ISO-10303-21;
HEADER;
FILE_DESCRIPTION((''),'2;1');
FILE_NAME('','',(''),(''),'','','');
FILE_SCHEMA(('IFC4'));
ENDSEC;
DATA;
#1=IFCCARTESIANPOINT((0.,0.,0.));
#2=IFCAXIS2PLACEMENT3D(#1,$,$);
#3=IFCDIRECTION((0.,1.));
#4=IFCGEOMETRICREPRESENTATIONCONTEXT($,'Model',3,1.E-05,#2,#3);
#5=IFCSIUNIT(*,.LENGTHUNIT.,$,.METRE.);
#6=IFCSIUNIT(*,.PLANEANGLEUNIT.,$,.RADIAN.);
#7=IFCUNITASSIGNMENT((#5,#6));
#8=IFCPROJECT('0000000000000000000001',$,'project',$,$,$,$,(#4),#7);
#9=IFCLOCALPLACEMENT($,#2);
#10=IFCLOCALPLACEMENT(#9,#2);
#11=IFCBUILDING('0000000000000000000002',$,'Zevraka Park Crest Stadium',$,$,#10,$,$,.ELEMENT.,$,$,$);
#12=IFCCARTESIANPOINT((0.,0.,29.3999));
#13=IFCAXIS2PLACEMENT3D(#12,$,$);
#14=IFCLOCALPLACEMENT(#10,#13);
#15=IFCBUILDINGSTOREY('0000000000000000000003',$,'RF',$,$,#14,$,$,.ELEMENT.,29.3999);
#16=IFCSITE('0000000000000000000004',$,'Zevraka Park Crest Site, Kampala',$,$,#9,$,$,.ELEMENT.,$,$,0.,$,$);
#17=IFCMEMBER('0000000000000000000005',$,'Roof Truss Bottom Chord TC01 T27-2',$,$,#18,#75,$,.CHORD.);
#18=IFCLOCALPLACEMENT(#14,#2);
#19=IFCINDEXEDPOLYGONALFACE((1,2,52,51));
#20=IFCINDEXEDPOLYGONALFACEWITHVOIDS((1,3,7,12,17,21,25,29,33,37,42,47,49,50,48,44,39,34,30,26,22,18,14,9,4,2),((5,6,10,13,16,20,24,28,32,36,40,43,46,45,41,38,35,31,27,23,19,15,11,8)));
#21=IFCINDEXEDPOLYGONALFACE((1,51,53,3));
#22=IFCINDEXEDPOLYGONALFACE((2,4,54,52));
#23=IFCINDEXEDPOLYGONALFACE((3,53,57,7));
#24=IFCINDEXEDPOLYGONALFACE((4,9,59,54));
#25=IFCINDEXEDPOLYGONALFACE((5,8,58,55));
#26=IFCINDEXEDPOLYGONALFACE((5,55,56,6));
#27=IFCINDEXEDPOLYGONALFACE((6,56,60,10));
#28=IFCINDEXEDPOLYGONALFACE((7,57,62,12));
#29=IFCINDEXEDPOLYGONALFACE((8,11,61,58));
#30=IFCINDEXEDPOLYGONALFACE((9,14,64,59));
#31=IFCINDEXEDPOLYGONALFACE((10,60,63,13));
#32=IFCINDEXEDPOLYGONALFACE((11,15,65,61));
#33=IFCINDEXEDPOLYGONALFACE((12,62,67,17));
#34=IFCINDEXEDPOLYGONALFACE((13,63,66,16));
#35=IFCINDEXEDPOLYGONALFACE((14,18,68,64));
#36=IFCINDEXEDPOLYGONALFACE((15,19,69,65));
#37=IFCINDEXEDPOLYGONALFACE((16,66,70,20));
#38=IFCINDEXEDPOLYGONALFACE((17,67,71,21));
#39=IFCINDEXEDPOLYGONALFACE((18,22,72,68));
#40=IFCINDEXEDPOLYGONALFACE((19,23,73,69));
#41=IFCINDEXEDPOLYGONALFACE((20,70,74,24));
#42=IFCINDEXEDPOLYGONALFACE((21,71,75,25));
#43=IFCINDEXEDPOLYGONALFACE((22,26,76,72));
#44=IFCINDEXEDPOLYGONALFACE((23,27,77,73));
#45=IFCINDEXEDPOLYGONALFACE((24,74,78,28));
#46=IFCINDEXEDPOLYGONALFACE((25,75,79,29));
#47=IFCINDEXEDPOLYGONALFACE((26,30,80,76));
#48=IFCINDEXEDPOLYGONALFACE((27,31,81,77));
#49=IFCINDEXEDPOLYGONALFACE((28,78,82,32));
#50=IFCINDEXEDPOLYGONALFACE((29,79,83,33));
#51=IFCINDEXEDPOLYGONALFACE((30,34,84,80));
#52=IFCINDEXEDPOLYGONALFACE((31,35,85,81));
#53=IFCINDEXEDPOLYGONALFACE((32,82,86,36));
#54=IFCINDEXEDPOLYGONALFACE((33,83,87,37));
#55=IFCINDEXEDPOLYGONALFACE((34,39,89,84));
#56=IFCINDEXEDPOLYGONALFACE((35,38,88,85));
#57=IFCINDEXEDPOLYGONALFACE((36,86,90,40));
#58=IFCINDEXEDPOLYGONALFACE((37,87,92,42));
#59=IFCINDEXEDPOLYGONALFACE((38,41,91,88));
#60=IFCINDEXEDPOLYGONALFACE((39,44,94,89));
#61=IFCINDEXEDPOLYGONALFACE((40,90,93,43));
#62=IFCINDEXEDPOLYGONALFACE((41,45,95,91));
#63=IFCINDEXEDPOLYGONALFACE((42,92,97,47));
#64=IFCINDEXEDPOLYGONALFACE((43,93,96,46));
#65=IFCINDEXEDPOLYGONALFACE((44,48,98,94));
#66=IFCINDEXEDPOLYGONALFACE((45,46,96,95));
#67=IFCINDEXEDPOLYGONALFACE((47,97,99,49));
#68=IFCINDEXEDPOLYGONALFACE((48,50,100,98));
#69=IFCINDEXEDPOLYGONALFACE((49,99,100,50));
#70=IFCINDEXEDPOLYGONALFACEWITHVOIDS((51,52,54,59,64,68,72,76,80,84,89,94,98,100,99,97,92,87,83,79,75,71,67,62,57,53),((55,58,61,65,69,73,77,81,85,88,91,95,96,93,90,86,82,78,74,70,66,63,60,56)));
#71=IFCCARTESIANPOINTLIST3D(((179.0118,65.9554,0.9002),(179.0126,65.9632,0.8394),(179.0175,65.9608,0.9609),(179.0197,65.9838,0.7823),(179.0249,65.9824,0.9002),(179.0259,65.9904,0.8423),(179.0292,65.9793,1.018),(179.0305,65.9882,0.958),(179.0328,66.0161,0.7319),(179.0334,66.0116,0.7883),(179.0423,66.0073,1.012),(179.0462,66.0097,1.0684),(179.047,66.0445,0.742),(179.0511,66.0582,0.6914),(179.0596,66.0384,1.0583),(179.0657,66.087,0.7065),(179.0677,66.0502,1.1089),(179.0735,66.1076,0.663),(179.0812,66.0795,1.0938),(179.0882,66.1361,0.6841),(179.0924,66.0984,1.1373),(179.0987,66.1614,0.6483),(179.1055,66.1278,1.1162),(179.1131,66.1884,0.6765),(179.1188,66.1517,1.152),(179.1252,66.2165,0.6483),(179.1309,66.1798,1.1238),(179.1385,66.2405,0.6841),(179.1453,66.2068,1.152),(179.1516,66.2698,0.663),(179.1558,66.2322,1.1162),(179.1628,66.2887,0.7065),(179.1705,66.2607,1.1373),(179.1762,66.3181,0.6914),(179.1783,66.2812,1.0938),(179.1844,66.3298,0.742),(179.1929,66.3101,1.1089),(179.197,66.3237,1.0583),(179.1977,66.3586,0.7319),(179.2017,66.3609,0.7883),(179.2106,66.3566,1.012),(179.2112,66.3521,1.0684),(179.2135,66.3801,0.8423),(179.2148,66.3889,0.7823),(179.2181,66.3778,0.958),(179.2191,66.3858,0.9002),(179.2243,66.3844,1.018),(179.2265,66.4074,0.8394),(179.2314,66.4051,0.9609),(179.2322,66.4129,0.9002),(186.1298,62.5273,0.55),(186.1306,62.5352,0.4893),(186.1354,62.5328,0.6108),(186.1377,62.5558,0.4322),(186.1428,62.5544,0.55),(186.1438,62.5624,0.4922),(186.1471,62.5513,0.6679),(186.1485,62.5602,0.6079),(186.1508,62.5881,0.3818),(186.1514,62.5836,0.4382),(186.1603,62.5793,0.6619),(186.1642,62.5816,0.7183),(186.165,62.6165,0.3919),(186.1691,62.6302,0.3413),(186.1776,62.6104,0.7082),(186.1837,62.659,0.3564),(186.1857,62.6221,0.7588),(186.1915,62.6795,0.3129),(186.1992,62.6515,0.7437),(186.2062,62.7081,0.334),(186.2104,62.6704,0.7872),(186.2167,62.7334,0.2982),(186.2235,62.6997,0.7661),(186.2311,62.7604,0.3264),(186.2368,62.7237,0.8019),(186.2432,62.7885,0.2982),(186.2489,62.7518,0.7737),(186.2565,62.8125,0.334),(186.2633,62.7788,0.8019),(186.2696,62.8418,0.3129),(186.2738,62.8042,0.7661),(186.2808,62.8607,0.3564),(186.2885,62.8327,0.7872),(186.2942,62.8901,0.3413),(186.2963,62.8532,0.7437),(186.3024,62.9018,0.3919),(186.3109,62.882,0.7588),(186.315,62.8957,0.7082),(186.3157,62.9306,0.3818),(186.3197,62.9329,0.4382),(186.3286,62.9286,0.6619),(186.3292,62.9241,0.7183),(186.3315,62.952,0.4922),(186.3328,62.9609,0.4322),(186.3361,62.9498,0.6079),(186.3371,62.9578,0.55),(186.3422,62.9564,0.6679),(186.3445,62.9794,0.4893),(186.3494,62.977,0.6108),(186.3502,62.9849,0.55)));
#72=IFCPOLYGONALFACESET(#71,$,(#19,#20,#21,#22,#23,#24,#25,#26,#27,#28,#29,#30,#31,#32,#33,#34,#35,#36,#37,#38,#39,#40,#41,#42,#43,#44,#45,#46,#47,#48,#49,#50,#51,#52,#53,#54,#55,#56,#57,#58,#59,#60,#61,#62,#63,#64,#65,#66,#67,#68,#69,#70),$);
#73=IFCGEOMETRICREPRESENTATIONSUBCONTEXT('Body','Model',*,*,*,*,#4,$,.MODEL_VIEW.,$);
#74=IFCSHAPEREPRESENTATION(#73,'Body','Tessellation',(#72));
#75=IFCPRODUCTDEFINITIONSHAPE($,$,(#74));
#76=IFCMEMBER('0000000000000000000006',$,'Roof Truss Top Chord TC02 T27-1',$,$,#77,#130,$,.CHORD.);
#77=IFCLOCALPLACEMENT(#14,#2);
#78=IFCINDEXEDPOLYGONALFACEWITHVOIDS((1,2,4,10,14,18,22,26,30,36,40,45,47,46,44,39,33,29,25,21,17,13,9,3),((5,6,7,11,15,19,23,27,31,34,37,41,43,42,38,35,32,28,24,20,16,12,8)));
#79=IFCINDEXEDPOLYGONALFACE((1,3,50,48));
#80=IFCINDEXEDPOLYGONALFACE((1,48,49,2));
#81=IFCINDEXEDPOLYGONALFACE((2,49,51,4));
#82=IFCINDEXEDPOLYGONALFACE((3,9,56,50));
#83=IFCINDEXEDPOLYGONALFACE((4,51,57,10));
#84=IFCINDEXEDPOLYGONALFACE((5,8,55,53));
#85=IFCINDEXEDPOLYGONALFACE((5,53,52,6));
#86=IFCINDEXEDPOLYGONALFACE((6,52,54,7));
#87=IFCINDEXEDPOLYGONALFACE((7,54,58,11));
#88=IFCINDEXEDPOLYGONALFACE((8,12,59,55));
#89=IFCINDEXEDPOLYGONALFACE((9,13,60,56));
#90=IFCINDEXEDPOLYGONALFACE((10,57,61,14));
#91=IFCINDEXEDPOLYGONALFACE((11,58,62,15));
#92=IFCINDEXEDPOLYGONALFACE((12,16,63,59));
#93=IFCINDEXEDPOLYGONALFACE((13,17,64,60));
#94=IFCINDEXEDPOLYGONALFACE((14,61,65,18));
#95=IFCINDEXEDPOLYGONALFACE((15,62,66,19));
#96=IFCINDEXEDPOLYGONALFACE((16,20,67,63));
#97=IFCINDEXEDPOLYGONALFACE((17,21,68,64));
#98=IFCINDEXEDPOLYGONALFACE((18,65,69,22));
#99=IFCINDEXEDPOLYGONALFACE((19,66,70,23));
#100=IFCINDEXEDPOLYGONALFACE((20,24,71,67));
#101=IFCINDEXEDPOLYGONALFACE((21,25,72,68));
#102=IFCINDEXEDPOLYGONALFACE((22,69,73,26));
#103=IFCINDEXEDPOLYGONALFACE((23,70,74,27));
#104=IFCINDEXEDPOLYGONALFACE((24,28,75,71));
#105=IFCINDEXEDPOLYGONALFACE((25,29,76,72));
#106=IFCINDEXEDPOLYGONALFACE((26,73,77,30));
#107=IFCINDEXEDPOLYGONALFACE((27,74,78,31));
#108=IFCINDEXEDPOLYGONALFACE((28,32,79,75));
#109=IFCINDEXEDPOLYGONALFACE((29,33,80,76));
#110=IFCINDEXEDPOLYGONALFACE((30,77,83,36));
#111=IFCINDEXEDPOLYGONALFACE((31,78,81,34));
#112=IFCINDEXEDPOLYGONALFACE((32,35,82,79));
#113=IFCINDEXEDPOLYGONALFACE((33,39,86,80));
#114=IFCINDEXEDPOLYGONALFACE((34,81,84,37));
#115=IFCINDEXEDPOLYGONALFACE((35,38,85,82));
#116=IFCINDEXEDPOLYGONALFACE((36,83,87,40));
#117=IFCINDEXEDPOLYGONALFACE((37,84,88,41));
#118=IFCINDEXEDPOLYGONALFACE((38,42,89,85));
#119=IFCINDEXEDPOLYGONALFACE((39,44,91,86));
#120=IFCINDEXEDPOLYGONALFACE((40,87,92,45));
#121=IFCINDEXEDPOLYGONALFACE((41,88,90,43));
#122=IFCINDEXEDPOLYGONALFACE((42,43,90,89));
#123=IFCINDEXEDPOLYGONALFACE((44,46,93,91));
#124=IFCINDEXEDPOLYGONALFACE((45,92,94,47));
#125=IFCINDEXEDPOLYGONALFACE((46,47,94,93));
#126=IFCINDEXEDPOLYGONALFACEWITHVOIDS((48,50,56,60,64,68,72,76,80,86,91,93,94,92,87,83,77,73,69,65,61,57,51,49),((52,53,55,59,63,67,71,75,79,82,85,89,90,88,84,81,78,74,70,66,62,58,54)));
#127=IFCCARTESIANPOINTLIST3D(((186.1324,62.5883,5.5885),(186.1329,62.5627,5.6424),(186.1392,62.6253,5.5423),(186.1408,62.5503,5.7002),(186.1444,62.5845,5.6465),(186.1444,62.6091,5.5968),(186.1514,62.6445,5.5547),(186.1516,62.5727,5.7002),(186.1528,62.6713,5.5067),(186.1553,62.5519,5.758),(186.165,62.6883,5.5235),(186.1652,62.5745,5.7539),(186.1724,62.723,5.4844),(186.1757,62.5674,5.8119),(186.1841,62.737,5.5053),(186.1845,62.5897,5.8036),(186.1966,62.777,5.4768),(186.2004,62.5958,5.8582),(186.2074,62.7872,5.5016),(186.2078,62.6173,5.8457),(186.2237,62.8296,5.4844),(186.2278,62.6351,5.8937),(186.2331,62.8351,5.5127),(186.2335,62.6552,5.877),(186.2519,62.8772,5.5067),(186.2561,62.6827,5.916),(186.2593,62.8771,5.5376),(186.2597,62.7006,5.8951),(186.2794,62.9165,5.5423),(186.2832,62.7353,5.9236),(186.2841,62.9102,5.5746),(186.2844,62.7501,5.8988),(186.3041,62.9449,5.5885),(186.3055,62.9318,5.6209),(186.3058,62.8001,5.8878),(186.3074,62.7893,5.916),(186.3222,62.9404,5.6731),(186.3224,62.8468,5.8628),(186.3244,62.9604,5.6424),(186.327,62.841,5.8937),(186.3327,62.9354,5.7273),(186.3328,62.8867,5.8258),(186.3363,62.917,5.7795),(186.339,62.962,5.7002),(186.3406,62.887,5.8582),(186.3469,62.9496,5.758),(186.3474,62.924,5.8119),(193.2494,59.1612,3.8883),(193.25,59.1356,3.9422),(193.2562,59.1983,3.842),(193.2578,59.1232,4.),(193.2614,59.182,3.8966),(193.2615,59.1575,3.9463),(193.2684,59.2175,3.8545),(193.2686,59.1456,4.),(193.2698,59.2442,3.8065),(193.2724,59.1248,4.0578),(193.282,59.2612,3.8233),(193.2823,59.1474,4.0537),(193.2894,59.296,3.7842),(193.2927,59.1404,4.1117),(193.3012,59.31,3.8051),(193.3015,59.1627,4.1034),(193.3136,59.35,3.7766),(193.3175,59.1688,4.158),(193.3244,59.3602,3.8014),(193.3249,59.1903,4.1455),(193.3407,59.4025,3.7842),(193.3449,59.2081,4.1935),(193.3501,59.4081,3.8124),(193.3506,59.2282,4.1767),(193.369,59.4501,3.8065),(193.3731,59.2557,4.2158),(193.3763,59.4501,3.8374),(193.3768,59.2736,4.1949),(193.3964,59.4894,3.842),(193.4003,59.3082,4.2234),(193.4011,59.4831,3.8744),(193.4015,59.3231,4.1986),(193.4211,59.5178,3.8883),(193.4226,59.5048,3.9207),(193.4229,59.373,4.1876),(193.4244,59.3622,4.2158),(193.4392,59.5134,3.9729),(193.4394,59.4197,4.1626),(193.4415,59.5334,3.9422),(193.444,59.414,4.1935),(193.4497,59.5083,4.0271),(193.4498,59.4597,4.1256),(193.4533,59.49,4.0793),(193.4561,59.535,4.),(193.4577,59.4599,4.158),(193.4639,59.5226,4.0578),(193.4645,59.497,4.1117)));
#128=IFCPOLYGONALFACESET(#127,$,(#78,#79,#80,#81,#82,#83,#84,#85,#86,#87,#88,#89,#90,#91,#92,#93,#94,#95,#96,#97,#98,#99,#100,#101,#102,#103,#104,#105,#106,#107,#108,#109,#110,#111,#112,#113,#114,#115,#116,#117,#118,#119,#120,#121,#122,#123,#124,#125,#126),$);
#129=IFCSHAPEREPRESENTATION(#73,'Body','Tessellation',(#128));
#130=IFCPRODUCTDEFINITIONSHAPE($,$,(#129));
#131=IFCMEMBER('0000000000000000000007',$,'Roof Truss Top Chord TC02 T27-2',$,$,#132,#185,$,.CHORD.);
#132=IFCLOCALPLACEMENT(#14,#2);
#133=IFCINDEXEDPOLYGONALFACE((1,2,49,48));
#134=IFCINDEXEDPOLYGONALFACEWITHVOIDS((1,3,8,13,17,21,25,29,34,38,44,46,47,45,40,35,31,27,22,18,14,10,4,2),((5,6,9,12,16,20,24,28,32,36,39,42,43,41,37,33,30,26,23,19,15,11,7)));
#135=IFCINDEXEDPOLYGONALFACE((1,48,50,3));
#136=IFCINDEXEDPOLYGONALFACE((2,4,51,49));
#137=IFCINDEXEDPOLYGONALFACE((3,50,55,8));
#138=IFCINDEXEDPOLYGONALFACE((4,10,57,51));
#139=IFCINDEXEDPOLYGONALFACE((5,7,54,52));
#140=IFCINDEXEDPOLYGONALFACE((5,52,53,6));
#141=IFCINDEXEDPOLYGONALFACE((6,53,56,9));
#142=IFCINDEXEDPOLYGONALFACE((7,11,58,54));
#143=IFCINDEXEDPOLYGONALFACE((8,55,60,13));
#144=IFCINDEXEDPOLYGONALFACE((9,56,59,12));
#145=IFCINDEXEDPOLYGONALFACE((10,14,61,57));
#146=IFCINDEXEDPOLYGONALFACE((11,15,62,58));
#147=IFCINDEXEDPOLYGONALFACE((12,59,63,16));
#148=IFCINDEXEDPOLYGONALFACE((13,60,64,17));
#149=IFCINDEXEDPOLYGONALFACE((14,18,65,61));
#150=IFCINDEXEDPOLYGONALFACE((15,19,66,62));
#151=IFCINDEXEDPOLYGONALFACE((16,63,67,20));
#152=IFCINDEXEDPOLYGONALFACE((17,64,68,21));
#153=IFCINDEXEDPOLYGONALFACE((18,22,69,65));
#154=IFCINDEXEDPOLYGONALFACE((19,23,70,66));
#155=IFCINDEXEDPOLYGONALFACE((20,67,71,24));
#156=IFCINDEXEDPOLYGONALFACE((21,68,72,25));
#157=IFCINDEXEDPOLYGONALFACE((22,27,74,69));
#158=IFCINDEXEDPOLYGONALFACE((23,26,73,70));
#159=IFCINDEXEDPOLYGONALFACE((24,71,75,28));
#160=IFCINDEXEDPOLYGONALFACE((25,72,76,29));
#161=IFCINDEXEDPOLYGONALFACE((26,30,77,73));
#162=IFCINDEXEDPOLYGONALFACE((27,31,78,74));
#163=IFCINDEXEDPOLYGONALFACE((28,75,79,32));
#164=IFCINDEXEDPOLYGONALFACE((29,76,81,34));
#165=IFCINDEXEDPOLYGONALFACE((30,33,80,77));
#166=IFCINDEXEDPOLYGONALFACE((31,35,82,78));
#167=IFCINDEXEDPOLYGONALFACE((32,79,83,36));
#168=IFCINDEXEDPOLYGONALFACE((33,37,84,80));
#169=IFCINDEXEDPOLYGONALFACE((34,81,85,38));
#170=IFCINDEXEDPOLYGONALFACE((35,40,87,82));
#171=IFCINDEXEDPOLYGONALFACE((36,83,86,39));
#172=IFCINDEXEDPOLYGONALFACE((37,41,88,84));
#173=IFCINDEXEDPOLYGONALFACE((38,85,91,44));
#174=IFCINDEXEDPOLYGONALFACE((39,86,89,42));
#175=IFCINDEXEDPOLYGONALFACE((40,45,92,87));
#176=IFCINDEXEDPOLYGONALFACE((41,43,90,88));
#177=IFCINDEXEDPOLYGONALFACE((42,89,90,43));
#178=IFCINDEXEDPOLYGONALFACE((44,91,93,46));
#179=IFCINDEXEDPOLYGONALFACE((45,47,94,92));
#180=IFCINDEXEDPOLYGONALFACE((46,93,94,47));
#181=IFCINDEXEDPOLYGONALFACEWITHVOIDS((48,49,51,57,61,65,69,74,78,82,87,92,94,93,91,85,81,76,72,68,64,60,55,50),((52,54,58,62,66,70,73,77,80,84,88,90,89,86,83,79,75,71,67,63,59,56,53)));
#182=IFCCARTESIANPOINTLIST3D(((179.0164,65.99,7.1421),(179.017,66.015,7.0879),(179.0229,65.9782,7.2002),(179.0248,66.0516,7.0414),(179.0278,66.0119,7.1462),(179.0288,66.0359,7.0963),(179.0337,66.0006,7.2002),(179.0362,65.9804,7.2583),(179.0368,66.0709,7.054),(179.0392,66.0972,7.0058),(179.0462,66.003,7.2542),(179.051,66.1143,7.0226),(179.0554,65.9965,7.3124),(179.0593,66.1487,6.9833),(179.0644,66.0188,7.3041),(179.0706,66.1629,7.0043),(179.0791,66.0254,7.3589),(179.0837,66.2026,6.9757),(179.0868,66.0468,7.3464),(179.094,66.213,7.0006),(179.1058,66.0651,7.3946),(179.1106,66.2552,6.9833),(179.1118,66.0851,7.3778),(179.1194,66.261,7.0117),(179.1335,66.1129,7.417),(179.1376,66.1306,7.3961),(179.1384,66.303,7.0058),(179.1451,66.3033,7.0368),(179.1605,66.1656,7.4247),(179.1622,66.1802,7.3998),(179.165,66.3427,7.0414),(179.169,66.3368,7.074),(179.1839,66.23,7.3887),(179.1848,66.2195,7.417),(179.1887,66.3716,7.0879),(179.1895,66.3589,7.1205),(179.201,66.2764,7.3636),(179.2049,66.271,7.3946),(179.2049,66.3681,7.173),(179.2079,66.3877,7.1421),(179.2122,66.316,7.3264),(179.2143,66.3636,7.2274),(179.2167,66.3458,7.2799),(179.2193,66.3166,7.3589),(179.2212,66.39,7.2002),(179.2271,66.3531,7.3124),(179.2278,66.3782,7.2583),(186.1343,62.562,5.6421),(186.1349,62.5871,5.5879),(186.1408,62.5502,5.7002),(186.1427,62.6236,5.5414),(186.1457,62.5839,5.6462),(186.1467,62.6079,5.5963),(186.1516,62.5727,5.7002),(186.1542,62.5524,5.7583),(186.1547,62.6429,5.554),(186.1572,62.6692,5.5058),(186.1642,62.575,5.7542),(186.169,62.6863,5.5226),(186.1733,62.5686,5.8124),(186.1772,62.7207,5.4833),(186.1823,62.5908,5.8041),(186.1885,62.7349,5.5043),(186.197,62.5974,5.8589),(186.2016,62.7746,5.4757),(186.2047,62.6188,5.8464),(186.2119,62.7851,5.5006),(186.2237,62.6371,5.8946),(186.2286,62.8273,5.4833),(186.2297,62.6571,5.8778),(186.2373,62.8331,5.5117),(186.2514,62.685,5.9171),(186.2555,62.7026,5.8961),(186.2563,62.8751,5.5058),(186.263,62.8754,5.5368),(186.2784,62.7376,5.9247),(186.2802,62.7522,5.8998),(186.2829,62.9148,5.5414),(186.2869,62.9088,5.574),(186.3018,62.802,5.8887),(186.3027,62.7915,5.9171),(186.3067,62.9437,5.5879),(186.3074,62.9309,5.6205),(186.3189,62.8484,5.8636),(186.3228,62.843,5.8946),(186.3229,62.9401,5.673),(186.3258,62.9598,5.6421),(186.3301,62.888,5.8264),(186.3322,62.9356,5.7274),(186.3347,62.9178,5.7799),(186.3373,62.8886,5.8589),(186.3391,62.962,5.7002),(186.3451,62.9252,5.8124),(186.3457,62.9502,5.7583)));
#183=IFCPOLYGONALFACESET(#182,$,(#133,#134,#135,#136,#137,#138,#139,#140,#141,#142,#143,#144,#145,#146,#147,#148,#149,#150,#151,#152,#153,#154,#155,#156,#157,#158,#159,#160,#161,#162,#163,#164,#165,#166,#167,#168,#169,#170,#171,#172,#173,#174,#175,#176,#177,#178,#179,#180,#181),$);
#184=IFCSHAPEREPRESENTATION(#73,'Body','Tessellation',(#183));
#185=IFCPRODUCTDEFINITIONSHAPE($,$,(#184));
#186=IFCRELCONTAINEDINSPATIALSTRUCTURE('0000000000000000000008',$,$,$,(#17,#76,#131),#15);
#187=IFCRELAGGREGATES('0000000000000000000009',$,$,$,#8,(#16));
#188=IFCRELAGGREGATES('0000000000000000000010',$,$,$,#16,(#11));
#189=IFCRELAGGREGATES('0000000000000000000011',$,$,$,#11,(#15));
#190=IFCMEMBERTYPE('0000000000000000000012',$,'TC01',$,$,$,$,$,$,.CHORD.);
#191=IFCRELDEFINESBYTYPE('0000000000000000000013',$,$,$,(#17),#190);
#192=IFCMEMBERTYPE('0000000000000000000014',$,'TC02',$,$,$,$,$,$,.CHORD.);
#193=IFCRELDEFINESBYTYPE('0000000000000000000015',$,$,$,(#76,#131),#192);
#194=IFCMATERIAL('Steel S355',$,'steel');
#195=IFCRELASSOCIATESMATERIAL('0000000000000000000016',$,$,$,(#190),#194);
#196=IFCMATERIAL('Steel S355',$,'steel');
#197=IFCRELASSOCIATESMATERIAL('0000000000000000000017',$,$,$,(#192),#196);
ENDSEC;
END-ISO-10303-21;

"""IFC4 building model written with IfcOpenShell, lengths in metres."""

from ifc_helpers import new_model, si_unit, direction, frame, origin, origin_2d, place, context, subcontext, project, spatial, hollow_circle, extrude, material, material_profile, profile_set, type_object, element, save


model = new_model("IFC4")

# Units and contexts
model_context = context("Model", 3, precision=1e-05, world=origin(), true_north=direction((0.0, 1.0)))
body_context = subcontext(model_context, "Body", "Model", "MODEL_VIEW")
ifc_project = project(units=[si_unit("LENGTHUNIT", "METRE"), si_unit("PLANEANGLEUNIT", "RADIAN")], contexts=[model_context])

# Site, building, storey
site_placement = place(None, origin())
site = spatial("IfcSite", under=ifc_project, at=site_placement, Name="Zevraka Park Crest Site, Kampala", CompositionType="ELEMENT", RefElevation=0.0)
building_placement = place(site_placement, origin())
building = spatial("IfcBuilding", under=site, at=building_placement, Name="Zevraka Park Crest Stadium", CompositionType="ELEMENT")
storey_placement = place(building_placement, frame((0.0, 0.0, 29.3999)))
storey = spatial("IfcBuildingStorey", under=building, at=storey_placement, Name="RF", CompositionType="ELEMENT", Elevation=29.3999)

# Members
ifc_material_1 = material(Name="Steel S355", Category="steel")
ifc_material_profile_1 = material_profile(ifc_material_1, hollow_circle(Radius=0.2539, WallThickness=0.03, at=origin_2d()), Name="CHS 508.0x30")
ifc_profile_set_1 = profile_set([ifc_material_profile_1], Name="Steel S355")
member_type_1 = type_object("IfcMemberType", Name="TC01", PredefinedType="CHORD", material=ifc_profile_set_1)
member_1_placement = place(storey_placement, frame((186.24, 62.7561, 0.55), z_axis=(-0.900077, 0.433476, 0.044271), x_axis=(-0.433901, -0.900961, 0.0)))
element("IfcMember", 1, at=member_1_placement, inside=storey, type_object=member_type_1, Name="Roof Truss Bottom Chord TC01 T27-2", PredefinedType="CHORD", context=body_context, shape_type="SweptSolid", body=[
    extrude(hollow_circle(Radius=0.2539, WallThickness=0.03, at=origin_2d()), origin(), (0.0, 0.0, 1.0), 7.9082),
])
ifc_material_2 = material(Name="Steel S355", Category="steel")
ifc_material_profile_2 = material_profile(ifc_material_2, hollow_circle(Radius=0.2285, WallThickness=0.0249, at=origin_2d()), Name="CHS 457.0x25")
ifc_profile_set_2 = profile_set([ifc_material_profile_2], Name="Steel S355")
member_type_2 = type_object("IfcMemberType", Name="TC02", PredefinedType="CHORD", material=ifc_profile_set_2)
member_2_placement = place(storey_placement, frame((193.3569, 59.3291, 4.0), z_axis=(-0.880813, 0.424136, 0.210421), x_axis=(-0.433849, -0.900986, 0.0)))
element("IfcMember", 2, at=member_2_placement, inside=storey, type_object=member_type_2, Name="Roof Truss Top Chord TC02 T27-1", PredefinedType="CHORD", context=body_context, shape_type="SweptSolid", body=[
    extrude(hollow_circle(Radius=0.2285, WallThickness=0.0249, at=origin_2d()), origin(), (0.0, 0.0, 1.0), 8.0801),
])
member_3_placement = place(storey_placement, frame((186.24, 62.7561, 5.7002), z_axis=(-0.885148, 0.426286, 0.186532), x_axis=(-0.433901, -0.900961, 0.0)))
element("IfcMember", 3, at=member_3_placement, inside=storey, type_object=member_type_2, Name="Roof Truss Top Chord TC02 T27-2", PredefinedType="CHORD", context=body_context, shape_type="SweptSolid", body=[
    extrude(hollow_circle(Radius=0.2285, WallThickness=0.0249, at=origin_2d()), origin(), (0.0, 0.0, 1.0), 8.0415),
])

save(model, "model.ifc")
